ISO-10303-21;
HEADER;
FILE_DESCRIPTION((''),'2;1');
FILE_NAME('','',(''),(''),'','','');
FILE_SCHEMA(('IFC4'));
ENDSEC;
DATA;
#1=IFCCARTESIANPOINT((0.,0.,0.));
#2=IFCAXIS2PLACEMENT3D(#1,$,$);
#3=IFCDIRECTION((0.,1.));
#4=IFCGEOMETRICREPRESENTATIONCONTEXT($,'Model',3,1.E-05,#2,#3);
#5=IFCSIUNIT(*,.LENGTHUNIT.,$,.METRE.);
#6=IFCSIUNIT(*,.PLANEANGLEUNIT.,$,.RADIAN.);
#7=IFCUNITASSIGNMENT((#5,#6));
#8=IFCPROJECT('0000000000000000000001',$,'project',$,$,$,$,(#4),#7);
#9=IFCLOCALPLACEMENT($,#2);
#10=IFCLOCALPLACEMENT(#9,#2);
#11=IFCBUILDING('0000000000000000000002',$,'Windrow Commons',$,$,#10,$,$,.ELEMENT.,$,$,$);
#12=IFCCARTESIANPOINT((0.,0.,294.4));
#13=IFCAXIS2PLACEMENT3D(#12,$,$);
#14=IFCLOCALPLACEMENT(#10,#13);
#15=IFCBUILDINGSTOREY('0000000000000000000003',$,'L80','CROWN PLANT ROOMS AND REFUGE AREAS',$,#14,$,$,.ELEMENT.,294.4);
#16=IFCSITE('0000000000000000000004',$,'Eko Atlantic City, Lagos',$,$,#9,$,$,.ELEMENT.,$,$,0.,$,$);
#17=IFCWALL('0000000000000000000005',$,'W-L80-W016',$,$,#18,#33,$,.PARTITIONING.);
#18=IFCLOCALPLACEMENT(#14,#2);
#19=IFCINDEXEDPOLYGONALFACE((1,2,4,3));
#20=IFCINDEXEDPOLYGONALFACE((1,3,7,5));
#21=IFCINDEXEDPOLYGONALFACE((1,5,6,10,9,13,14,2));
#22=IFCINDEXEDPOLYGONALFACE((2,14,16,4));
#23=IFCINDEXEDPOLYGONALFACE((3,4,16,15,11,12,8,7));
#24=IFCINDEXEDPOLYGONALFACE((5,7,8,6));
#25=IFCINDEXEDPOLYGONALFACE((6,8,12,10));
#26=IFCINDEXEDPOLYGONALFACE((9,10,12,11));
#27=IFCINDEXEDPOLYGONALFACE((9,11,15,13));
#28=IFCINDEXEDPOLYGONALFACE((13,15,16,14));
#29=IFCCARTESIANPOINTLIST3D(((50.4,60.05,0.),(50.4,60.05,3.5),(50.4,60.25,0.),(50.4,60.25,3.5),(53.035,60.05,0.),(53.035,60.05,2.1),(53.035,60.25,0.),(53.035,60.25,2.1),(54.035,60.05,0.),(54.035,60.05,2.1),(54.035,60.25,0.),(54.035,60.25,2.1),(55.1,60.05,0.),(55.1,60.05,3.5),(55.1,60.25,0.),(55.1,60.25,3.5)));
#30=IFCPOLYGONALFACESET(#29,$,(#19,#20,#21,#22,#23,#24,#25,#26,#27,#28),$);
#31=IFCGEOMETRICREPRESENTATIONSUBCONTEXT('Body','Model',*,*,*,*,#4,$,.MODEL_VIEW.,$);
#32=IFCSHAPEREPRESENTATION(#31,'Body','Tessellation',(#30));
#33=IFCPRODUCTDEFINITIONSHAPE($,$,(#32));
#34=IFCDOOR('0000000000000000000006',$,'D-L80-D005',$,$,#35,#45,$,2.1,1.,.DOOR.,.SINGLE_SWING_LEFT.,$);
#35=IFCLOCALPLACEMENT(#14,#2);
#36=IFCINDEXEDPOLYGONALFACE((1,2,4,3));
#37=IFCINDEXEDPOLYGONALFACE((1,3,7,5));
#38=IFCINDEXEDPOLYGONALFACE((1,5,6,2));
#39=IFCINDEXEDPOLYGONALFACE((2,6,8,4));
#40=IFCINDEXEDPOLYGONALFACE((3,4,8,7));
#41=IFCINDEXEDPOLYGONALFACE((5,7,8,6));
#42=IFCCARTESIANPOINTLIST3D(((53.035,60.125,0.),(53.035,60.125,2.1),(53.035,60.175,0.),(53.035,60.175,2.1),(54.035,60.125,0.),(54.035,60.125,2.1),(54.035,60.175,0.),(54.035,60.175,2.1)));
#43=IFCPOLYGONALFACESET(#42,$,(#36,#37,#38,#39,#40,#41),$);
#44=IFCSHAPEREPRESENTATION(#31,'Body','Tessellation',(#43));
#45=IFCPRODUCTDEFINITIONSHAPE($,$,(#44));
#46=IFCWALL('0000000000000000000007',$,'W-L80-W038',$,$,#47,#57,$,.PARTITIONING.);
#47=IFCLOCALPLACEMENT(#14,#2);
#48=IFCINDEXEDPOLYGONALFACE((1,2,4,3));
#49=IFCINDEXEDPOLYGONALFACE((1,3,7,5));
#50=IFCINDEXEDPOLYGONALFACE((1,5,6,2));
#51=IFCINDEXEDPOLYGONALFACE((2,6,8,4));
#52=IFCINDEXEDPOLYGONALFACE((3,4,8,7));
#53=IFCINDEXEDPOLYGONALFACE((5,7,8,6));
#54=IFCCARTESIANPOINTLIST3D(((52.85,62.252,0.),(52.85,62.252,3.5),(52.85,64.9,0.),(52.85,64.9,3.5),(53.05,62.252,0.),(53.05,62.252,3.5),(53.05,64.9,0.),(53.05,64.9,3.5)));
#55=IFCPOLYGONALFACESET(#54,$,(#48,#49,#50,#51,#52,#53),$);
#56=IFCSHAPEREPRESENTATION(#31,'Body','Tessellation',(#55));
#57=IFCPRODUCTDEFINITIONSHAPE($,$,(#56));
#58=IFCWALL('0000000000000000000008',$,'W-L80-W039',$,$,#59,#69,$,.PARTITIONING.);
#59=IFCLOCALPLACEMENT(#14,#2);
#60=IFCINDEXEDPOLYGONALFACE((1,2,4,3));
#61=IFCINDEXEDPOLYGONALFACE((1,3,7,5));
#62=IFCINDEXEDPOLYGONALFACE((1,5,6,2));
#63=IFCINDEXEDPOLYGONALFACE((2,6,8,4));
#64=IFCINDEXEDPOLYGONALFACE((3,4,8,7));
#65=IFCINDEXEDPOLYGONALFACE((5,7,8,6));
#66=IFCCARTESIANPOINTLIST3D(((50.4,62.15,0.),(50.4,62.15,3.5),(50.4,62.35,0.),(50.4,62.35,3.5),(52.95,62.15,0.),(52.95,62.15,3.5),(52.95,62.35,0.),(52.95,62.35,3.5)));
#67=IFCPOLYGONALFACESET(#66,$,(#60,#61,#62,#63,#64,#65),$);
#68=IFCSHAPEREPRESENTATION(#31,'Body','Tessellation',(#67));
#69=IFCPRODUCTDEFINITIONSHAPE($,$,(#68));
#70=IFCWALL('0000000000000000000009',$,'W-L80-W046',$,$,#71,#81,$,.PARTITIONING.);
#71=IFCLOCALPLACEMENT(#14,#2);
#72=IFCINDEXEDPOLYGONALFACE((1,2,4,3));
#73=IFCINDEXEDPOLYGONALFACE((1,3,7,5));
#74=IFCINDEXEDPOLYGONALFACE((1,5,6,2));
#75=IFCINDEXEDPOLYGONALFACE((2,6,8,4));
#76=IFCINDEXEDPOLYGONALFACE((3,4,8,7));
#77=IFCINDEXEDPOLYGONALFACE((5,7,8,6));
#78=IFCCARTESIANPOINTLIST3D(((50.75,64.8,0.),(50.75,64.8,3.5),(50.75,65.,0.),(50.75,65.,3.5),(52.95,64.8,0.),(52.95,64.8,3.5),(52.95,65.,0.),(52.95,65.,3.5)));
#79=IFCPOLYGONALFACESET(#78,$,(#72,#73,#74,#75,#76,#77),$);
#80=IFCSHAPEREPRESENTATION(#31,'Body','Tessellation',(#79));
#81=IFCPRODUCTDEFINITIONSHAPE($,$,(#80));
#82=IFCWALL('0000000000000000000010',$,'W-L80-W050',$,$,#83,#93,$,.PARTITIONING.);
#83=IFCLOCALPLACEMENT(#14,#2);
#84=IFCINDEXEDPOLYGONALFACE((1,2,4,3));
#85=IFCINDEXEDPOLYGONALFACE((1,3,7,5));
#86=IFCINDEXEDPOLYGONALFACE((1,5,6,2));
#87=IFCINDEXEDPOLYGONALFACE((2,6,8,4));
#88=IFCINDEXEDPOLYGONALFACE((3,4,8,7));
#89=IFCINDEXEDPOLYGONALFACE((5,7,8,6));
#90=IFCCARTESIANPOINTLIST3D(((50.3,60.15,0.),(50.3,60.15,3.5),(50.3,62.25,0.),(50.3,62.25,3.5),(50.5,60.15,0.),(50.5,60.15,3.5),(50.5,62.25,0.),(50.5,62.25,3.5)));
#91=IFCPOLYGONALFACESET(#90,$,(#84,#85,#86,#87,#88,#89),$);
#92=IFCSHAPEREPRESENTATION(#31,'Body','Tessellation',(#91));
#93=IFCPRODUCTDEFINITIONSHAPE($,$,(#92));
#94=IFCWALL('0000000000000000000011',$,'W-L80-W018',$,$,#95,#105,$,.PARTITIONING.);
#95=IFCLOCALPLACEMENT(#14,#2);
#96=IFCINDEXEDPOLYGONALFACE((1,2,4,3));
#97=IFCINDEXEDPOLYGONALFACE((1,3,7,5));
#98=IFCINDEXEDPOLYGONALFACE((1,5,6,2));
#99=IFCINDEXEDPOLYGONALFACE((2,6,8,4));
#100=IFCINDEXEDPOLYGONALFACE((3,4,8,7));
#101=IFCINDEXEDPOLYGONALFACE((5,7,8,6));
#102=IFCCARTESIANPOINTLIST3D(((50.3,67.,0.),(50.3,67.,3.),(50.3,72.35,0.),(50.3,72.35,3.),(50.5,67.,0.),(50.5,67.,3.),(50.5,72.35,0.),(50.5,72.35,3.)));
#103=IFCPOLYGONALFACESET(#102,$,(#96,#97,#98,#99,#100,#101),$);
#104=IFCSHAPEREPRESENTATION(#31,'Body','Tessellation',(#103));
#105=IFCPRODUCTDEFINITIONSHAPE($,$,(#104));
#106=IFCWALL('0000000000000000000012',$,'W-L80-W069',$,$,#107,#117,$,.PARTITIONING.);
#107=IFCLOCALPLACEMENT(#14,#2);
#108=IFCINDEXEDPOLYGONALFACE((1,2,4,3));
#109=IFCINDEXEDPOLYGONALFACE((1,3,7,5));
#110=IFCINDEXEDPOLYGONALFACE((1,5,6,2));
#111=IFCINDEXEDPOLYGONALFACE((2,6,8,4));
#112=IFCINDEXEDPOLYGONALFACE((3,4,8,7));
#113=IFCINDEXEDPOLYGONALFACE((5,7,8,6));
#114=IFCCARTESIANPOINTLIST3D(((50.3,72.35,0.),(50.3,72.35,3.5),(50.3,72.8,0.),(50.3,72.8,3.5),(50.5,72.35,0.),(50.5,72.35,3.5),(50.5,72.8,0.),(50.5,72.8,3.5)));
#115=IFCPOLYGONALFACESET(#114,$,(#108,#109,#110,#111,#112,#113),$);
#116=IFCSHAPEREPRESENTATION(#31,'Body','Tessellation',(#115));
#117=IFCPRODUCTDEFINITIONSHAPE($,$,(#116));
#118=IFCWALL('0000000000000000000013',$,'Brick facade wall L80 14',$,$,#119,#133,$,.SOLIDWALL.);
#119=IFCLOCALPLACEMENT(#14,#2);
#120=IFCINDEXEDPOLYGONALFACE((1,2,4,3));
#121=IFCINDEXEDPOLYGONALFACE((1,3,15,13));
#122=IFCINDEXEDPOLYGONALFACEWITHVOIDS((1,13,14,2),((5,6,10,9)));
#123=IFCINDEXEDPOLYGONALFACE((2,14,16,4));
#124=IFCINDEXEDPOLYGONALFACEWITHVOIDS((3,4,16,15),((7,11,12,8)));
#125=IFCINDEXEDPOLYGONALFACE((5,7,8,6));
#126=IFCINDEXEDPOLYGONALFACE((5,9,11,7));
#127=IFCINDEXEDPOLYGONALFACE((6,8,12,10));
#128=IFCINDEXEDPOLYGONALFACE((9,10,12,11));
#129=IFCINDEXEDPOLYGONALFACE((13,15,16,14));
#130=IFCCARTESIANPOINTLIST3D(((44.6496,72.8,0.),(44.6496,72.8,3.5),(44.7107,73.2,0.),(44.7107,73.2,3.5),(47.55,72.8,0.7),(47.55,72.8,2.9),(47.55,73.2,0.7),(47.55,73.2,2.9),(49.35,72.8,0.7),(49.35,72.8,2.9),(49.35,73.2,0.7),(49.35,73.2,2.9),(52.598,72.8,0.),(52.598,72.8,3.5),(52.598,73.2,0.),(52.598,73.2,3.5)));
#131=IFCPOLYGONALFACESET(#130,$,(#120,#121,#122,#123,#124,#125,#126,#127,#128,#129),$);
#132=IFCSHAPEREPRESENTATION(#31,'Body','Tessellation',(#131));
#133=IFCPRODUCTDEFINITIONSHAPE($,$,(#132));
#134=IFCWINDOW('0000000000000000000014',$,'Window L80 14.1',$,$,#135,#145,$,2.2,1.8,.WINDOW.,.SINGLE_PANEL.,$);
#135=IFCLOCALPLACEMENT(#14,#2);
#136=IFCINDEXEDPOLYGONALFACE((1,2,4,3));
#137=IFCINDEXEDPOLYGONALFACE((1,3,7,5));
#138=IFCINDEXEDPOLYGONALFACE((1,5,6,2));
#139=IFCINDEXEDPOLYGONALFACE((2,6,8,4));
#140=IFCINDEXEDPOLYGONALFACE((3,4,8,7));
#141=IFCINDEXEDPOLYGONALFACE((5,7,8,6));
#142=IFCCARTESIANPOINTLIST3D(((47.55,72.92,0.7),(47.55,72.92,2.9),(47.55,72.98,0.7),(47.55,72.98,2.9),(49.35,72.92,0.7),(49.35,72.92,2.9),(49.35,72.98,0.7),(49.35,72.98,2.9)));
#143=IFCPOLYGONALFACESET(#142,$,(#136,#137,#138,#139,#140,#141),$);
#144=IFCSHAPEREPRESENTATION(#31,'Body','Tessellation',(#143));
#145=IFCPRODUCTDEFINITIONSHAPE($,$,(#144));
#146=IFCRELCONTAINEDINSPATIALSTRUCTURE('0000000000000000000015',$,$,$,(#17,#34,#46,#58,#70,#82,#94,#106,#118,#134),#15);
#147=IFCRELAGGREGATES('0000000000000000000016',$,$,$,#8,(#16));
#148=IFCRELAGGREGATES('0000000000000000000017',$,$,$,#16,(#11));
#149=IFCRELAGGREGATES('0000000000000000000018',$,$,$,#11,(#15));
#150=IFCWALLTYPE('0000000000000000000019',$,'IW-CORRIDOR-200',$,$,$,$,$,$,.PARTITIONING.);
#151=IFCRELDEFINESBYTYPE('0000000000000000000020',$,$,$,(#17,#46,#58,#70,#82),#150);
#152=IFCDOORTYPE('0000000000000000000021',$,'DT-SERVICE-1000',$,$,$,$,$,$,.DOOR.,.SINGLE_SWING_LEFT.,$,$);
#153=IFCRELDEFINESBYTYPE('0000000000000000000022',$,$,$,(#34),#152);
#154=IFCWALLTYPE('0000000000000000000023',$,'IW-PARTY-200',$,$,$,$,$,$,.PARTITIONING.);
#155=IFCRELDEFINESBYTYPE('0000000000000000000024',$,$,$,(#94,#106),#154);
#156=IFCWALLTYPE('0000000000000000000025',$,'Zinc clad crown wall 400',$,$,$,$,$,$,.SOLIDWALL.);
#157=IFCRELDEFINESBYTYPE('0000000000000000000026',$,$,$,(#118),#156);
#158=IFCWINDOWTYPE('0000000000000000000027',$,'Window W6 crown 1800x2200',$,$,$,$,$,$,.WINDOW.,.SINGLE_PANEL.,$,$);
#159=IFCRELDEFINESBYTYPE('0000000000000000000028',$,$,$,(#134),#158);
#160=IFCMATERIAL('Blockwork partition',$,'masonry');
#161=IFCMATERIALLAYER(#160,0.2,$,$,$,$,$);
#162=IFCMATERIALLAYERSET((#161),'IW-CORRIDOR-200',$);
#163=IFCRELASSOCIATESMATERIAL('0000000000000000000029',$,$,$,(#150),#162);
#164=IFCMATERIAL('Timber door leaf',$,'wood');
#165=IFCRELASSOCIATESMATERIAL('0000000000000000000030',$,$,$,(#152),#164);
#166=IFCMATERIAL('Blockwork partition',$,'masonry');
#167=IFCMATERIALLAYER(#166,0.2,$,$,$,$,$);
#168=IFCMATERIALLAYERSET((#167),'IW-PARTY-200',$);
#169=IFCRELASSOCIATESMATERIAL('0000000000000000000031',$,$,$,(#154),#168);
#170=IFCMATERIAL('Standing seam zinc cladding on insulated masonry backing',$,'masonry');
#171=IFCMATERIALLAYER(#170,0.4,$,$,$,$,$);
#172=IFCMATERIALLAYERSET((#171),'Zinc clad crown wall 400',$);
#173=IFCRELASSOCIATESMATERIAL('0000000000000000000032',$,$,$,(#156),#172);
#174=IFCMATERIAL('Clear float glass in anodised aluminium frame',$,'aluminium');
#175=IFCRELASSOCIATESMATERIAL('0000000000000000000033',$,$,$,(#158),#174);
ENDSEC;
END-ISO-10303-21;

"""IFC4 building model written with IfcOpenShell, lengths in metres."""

from ifc_helpers import new_model, si_unit, direction, frame, frame_2d, origin, place, context, subcontext, project, spatial, polyline, rectangle, outline, extrude, material, layer, layer_set, type_object, element, fill, save


model = new_model("IFC4")

# Units and contexts
model_context = context("Model", 3, precision=1e-05, world=origin(), true_north=direction((0.0, 1.0)))
body_context = subcontext(model_context, "Body", "Model", "MODEL_VIEW")
ifc_project = project(units=[si_unit("LENGTHUNIT", "METRE"), si_unit("PLANEANGLEUNIT", "RADIAN")], contexts=[model_context])

# Site, building, storey
site_placement = place(None, origin())
site = spatial("IfcSite", under=ifc_project, at=site_placement, Name="Eko Atlantic City, Lagos", CompositionType="ELEMENT", RefElevation=0.0)
building_placement = place(site_placement, origin())
building = spatial("IfcBuilding", under=site, at=building_placement, Name="Windrow Commons", CompositionType="ELEMENT")
storey_placement = place(building_placement, frame((0.0, 0.0, 294.4)))
storey = spatial("IfcBuildingStorey", under=building, at=storey_placement, Name="L80", Description="CROWN PLANT ROOMS AND REFUGE AREAS", CompositionType="ELEMENT", Elevation=294.4)

# Shared definitions
ifc_material_1 = material(Name="Blockwork partition", Category="masonry")
ifc_layer_1 = layer(ifc_material_1, 0.2)
ifc_layer_set_1 = layer_set([ifc_layer_1], Name="IW-CORRIDOR-200")
wall_type_1 = type_object("IfcWallType", Name="IW-CORRIDOR-200", PredefinedType="PARTITIONING", material=ifc_layer_set_1)
ifc_material_2 = material(Name="Timber door leaf", Category="wood")
door_type = type_object("IfcDoorType", Name="DT-SERVICE-1000", OperationType="SINGLE_SWING_LEFT", PredefinedType="DOOR", material=ifc_material_2)

# Wall, opening, door
wall_1_placement = place(storey_placement, frame((50.4, 60.15, 0.0), z_axis=(0.0, 0.0, 1.0), x_axis=(1.0, 0.0, 0.0)))
wall_1 = element("IfcWall", 1, at=wall_1_placement, inside=storey, type_object=wall_type_1, Name="W-L80-W016", PredefinedType="PARTITIONING", context=body_context, shape_type="SweptSolid", body=[
    extrude(rectangle(XDim=4.7, YDim=0.2, at=frame_2d((2.35, 0.0))), origin(), (0.0, 0.0, 1.0), 3.5),
])
opening_1_placement = place(wall_1_placement, frame((2.635, 0.0, 0.0)))
opening_1 = element("IfcOpeningElement", 2, at=opening_1_placement, cuts=wall_1, PredefinedType="OPENING", context=body_context, shape_type="SweptSolid", body=[
    extrude(rectangle(XDim=1.0, YDim=2.1, at=frame_2d((0.5, 1.05))), frame((0.0, 0.11, 0.0), z_axis=(0.0, -1.0, 0.0), x_axis=(1.0, 0.0, 0.0)), (0.0, 0.0, 1.0), 0.22),
])
door_1_placement = place(opening_1_placement, origin())
door_1 = element("IfcDoor", 3, at=door_1_placement, inside=storey, type_object=door_type, Name="D-L80-D005", OperationType="SINGLE_SWING_LEFT", OverallHeight=2.1, OverallWidth=1.0, PredefinedType="DOOR", context=body_context, shape_type="SweptSolid", body=[
    extrude(rectangle(XDim=1.0, YDim=2.1, at=frame_2d((0.5, 1.05))), frame((0.0, 0.025, 0.0), z_axis=(0.0, -1.0, 0.0), x_axis=(1.0, 0.0, 0.0)), (0.0, 0.0, 1.0), 0.05),
])
fill(opening_1, door_1)

# Walls
wall_2_placement = place(storey_placement, frame((52.95, 62.252, 0.0), z_axis=(0.0, 0.0, 1.0), x_axis=(0.0, 1.0, 0.0)))
element("IfcWall", 4, at=wall_2_placement, inside=storey, type_object=wall_type_1, Name="W-L80-W038", PredefinedType="PARTITIONING", context=body_context, shape_type="SweptSolid", body=[
    extrude(rectangle(XDim=2.648, YDim=0.2, at=frame_2d((1.324, 0.0))), origin(), (0.0, 0.0, 1.0), 3.5),
])
wall_3_placement = place(storey_placement, frame((50.4, 62.25, 0.0), z_axis=(0.0, 0.0, 1.0), x_axis=(1.0, 0.0, 0.0)))
element("IfcWall", 5, at=wall_3_placement, inside=storey, type_object=wall_type_1, Name="W-L80-W039", PredefinedType="PARTITIONING", context=body_context, shape_type="SweptSolid", body=[
    extrude(rectangle(XDim=2.55, YDim=0.2, at=frame_2d((1.275, 0.0))), origin(), (0.0, 0.0, 1.0), 3.5),
])
wall_4_placement = place(storey_placement, frame((50.75, 64.9, 0.0), z_axis=(0.0, 0.0, 1.0), x_axis=(1.0, 0.0, 0.0)))
element("IfcWall", 6, at=wall_4_placement, inside=storey, type_object=wall_type_1, Name="W-L80-W046", PredefinedType="PARTITIONING", context=body_context, shape_type="SweptSolid", body=[
    extrude(rectangle(XDim=2.2, YDim=0.2, at=frame_2d((1.1, 0.0))), origin(), (0.0, 0.0, 1.0), 3.5),
])
wall_5_placement = place(storey_placement, frame((50.4, 60.15, 0.0), z_axis=(0.0, 0.0, 1.0), x_axis=(0.0, 1.0, 0.0)))
element("IfcWall", 7, at=wall_5_placement, inside=storey, type_object=wall_type_1, Name="W-L80-W050", PredefinedType="PARTITIONING", context=body_context, shape_type="SweptSolid", body=[
    extrude(rectangle(XDim=2.1, YDim=0.2, at=frame_2d((1.05, 0.0))), origin(), (0.0, 0.0, 1.0), 3.5),
])
ifc_material_3 = material(Name="Blockwork partition", Category="masonry")
ifc_layer_2 = layer(ifc_material_3, 0.2)
ifc_layer_set_2 = layer_set([ifc_layer_2], Name="IW-PARTY-200")
wall_type_2 = type_object("IfcWallType", Name="IW-PARTY-200", PredefinedType="PARTITIONING", material=ifc_layer_set_2)
wall_6_placement = place(storey_placement, frame((50.4, 67.0, 0.0), z_axis=(0.0, 0.0, 1.0), x_axis=(0.0, 1.0, 0.0)))
element("IfcWall", 8, at=wall_6_placement, inside=storey, type_object=wall_type_2, Name="W-L80-W018", PredefinedType="PARTITIONING", context=body_context, shape_type="SweptSolid", body=[
    extrude(rectangle(XDim=5.35, YDim=0.2, at=frame_2d((2.675, 0.0))), origin(), (0.0, 0.0, 1.0), 3.0),
])
wall_7_placement = place(storey_placement, frame((50.4, 72.35, 0.0), z_axis=(0.0, 0.0, 1.0), x_axis=(0.0, 1.0, 0.0)))
element("IfcWall", 9, at=wall_7_placement, inside=storey, type_object=wall_type_2, Name="W-L80-W069", PredefinedType="PARTITIONING", context=body_context, shape_type="SweptSolid", body=[
    extrude(outline(polyline([(0.0, -0.1), (0.45, -0.1), (0.45, 0.1), (0.0, 0.1), (0.0, -0.1)])), origin(), (0.0, 0.0, 1.0), 3.5),
])

# Wall, opening, window
ifc_material_4 = material(Name="Standing seam zinc cladding on insulated masonry backing", Category="masonry")
ifc_layer_3 = layer(ifc_material_4, 0.4)
ifc_layer_set_3 = layer_set([ifc_layer_3], Name="Zinc clad crown wall 400")
wall_type_3 = type_object("IfcWallType", Name="Zinc clad crown wall 400", PredefinedType="SOLIDWALL", material=ifc_layer_set_3)
wall_8_placement = place(storey_placement, frame((52.598, 73.0, 0.0), z_axis=(0.0, 0.0, 1.0), x_axis=(-1.0, 0.0, 0.0)))
wall_8 = element("IfcWall", 10, at=wall_8_placement, inside=storey, type_object=wall_type_3, Name="Brick facade wall L80 14", PredefinedType="SOLIDWALL", context=body_context, shape_type="SweptSolid", body=[
    extrude(outline(polyline([(0.0, -0.2), (7.8873, -0.2), (7.9484, 0.2), (0.0, 0.2), (0.0, -0.2)])), origin(), (0.0, 0.0, 1.0), 3.5),
])
opening_2_placement = place(wall_8_placement, frame((3.248, 0.0, 0.7)))
opening_2 = element("IfcOpeningElement", 11, at=opening_2_placement, cuts=wall_8, PredefinedType="OPENING", context=body_context, shape_type="SweptSolid", body=[
    extrude(rectangle(XDim=1.8, YDim=2.2, at=frame_2d((0.9, 1.1))), frame((0.0, 0.21, 0.0), z_axis=(0.0, -1.0, 0.0), x_axis=(1.0, 0.0, 0.0)), (0.0, 0.0, 1.0), 0.42),
])
ifc_material_5 = material(Name="Clear float glass in anodised aluminium frame", Category="aluminium")
window_type = type_object("IfcWindowType", Name="Window W6 crown 1800x2200", PartitioningType="SINGLE_PANEL", PredefinedType="WINDOW", material=ifc_material_5)
window_1_placement = place(opening_2_placement, origin())
window_1 = element("IfcWindow", 12, at=window_1_placement, inside=storey, type_object=window_type, Name="Window L80 14.1", OverallHeight=2.2, OverallWidth=1.8, PartitioningType="SINGLE_PANEL", PredefinedType="WINDOW", context=body_context, shape_type="SweptSolid", body=[
    extrude(rectangle(XDim=1.8, YDim=2.2, at=frame_2d((0.9, 1.1))), frame((0.0, 0.08, 0.0), z_axis=(0.0, -1.0, 0.0), x_axis=(1.0, 0.0, 0.0)), (0.0, 0.0, 1.0), 0.06),
])
fill(opening_2, window_1)

save(model, "model.ifc")
